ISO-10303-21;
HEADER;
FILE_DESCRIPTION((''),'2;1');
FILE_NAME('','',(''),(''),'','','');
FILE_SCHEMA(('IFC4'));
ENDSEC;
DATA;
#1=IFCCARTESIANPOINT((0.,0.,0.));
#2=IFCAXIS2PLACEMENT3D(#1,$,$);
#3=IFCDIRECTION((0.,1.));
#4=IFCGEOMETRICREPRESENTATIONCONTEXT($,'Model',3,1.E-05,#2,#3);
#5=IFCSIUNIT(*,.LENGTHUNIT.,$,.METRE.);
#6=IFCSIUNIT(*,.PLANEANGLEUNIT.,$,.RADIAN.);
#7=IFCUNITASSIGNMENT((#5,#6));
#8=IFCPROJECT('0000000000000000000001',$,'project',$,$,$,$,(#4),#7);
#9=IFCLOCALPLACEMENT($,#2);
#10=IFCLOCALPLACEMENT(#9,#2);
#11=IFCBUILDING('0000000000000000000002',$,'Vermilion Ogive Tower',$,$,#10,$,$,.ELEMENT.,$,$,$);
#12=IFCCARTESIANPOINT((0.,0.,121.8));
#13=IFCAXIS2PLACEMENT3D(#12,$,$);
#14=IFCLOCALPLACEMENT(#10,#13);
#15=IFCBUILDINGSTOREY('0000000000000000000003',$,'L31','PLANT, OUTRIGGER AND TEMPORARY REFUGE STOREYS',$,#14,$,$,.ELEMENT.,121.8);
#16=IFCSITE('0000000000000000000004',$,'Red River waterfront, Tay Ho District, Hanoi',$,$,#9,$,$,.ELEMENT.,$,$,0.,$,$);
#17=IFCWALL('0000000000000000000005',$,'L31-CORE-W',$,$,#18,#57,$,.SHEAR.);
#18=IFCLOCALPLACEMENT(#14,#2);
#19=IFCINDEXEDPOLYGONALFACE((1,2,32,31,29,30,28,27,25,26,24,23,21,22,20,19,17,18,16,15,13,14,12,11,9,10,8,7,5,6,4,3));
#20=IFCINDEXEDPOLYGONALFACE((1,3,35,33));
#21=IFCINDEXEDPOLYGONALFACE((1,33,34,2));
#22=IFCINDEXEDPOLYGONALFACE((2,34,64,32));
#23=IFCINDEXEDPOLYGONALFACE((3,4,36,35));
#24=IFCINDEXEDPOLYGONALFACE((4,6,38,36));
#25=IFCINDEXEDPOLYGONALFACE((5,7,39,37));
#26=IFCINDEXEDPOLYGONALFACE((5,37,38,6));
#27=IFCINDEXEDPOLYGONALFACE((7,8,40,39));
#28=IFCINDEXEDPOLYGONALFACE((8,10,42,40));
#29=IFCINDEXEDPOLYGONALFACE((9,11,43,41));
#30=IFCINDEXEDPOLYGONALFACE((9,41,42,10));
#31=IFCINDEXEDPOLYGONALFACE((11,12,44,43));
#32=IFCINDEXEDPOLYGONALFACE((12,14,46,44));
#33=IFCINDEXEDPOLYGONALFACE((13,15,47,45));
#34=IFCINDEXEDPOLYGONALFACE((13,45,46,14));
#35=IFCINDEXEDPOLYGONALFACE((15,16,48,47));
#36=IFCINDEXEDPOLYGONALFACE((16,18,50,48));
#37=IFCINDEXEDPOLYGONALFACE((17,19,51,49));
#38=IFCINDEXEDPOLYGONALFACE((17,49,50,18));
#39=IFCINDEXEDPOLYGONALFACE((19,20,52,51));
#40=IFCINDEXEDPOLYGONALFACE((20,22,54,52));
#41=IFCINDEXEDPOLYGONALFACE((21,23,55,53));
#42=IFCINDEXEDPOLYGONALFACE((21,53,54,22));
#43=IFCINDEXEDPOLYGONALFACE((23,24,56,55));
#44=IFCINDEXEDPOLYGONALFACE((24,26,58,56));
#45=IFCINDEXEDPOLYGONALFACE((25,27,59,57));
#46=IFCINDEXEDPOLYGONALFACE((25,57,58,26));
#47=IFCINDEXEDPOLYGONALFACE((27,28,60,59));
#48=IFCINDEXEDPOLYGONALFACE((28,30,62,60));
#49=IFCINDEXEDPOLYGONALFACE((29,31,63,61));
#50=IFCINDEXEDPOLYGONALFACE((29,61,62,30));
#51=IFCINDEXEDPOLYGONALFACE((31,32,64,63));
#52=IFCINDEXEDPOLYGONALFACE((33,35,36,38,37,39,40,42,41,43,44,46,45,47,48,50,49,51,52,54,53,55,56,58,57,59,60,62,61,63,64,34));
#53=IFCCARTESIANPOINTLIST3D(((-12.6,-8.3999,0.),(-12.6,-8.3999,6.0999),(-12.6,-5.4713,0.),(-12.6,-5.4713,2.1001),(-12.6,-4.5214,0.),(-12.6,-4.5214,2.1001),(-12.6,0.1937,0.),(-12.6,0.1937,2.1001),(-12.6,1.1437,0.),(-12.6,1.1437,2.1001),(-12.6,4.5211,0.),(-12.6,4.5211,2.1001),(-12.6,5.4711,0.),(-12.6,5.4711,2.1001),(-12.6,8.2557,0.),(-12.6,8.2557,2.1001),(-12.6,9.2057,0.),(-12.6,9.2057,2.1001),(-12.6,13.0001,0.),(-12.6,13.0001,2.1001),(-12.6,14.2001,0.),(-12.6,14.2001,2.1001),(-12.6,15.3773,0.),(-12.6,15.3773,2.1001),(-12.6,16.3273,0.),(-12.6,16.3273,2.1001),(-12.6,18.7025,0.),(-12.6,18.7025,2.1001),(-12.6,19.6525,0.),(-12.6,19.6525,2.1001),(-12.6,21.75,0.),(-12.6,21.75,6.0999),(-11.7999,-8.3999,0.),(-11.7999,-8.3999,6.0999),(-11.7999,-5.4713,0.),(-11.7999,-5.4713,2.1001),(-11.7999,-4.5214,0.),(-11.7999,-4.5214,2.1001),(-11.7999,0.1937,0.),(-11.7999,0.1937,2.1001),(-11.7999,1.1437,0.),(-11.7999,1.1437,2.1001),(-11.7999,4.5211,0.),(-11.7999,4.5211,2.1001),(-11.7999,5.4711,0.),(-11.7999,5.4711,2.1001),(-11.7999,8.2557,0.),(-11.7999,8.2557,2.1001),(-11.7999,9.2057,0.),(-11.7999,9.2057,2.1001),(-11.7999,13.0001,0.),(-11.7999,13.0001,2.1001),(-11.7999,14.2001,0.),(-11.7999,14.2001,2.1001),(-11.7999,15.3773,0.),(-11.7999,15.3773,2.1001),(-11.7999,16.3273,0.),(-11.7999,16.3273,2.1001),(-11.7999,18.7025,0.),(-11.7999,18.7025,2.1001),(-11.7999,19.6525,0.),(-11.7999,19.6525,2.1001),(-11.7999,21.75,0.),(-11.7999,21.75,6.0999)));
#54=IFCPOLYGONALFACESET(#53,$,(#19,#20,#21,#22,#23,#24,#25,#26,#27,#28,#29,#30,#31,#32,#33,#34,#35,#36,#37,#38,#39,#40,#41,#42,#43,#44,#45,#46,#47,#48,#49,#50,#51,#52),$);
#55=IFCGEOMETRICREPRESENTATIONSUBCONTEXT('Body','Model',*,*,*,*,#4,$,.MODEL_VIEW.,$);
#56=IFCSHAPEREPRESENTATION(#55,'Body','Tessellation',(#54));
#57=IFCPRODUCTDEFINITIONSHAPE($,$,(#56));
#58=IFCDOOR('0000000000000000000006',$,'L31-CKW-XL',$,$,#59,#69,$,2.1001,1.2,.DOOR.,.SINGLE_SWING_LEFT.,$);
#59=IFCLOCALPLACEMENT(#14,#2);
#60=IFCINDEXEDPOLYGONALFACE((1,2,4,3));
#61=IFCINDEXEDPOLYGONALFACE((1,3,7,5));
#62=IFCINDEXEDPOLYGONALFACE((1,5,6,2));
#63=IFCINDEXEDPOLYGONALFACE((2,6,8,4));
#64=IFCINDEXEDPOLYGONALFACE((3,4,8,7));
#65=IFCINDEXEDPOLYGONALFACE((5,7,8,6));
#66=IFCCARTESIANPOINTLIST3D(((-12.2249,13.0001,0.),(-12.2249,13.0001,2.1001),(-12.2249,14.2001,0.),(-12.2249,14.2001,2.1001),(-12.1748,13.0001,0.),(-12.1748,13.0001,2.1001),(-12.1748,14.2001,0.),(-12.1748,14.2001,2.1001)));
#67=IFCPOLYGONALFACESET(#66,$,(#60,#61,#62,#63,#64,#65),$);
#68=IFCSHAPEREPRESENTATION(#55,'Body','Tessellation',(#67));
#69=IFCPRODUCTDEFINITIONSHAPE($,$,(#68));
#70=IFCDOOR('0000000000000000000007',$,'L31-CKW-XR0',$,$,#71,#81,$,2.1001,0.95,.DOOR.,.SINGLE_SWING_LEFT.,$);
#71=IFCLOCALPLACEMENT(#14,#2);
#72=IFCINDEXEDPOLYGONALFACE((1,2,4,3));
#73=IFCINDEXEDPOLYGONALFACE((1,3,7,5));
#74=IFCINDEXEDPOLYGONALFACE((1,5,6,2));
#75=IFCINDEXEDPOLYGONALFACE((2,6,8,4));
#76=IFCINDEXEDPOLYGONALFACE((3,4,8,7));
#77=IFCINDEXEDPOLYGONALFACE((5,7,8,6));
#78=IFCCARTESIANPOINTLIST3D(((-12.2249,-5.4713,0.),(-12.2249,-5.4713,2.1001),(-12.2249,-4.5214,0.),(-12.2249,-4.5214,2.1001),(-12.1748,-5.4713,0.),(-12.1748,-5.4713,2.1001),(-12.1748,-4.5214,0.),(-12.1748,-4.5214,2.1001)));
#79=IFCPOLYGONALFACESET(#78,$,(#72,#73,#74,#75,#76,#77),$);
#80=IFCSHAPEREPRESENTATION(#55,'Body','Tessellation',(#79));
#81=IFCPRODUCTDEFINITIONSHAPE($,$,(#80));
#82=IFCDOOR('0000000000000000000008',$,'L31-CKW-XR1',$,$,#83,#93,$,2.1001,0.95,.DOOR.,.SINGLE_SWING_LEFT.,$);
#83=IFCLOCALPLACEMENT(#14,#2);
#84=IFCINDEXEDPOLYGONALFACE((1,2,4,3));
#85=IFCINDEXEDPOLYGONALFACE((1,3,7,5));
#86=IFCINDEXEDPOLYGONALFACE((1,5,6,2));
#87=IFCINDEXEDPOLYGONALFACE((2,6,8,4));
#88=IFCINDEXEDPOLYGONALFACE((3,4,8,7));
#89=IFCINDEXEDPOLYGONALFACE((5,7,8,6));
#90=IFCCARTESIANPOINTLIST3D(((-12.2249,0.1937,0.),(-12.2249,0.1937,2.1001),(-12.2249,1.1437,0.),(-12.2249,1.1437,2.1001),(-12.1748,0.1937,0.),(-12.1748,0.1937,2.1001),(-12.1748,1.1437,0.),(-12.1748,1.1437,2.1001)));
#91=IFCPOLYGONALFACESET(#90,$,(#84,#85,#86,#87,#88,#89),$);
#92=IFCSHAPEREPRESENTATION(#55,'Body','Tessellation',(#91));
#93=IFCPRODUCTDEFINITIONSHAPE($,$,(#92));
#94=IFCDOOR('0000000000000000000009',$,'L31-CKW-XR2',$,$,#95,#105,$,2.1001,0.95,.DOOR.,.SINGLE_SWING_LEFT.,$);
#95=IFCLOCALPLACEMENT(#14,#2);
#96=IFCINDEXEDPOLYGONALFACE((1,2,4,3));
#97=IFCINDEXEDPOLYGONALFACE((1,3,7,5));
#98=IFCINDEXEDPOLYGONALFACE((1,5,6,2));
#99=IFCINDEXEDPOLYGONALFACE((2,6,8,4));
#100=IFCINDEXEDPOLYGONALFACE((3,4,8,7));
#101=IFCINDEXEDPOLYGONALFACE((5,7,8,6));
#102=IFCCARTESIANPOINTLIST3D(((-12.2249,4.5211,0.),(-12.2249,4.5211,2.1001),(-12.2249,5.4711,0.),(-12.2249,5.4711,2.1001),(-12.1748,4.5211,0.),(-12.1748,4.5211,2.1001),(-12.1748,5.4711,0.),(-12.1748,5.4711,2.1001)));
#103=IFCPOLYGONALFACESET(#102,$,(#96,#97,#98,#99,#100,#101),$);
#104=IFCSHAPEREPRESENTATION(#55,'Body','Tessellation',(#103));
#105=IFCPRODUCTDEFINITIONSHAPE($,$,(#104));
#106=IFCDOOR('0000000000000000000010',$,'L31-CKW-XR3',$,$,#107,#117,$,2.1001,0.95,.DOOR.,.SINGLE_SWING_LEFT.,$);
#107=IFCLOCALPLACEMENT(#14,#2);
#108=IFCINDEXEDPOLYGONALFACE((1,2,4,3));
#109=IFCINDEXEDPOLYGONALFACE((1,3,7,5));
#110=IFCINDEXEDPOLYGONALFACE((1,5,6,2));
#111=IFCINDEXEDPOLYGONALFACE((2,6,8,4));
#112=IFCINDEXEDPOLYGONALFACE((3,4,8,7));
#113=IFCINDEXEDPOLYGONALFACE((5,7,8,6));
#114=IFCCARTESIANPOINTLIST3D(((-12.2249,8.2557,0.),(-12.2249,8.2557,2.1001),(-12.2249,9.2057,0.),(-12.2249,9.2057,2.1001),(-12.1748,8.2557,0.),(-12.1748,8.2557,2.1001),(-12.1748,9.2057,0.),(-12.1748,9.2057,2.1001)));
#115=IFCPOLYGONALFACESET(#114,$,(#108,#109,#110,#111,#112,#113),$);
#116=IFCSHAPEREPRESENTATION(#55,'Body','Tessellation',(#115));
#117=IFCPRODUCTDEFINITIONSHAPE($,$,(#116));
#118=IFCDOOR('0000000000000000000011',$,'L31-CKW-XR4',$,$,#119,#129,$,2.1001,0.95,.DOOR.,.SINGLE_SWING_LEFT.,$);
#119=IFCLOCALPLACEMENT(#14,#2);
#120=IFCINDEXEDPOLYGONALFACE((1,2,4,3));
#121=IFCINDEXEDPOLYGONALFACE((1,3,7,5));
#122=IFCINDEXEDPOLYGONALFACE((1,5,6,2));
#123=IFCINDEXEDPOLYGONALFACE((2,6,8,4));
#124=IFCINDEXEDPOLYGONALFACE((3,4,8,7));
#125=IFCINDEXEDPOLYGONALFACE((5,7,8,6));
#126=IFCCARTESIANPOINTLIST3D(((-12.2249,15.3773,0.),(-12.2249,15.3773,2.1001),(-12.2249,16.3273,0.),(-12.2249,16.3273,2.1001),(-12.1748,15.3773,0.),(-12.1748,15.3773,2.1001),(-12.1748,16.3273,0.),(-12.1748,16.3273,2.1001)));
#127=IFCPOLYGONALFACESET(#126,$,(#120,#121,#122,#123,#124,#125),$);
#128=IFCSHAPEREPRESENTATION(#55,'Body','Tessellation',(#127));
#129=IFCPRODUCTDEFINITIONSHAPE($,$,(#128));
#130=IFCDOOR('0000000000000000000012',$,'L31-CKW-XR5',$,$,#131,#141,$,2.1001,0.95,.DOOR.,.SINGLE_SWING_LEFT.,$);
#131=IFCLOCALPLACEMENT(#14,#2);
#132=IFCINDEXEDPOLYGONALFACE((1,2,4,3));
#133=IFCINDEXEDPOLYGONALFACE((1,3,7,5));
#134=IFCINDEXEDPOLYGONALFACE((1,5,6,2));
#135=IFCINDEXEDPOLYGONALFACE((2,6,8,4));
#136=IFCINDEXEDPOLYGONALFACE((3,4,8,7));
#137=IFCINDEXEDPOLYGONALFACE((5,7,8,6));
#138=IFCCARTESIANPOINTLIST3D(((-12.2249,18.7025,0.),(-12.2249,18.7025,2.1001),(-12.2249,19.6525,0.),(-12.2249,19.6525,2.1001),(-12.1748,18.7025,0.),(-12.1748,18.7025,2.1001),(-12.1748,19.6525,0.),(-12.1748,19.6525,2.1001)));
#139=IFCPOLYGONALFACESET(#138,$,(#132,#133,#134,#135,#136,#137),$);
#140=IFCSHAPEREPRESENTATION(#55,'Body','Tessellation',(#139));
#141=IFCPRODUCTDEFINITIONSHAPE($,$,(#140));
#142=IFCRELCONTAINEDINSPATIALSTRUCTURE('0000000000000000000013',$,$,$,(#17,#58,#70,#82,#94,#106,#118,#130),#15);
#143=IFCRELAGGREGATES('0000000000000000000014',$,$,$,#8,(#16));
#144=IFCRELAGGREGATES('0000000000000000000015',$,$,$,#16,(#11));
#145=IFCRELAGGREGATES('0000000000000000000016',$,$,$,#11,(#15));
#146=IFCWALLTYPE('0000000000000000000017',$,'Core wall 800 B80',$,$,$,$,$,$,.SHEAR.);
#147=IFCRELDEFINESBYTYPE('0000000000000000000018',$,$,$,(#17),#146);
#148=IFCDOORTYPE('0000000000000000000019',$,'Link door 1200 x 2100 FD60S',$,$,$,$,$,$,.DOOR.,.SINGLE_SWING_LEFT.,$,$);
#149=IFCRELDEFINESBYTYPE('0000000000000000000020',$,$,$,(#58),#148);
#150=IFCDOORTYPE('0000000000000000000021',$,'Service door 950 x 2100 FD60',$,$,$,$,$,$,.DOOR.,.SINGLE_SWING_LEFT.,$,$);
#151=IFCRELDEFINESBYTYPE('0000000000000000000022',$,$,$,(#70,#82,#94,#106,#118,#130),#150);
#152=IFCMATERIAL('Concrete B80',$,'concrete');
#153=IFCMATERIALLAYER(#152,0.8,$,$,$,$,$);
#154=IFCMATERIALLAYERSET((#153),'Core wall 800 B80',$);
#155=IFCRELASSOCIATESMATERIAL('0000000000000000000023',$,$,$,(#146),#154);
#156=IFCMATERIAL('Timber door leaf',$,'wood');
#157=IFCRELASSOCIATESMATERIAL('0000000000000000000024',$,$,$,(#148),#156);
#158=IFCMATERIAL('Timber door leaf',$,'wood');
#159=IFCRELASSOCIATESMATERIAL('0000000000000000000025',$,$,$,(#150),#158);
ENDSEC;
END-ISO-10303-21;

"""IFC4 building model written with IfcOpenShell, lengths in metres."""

from ifc_helpers import new_model, si_unit, direction, frame, frame_2d, origin, place, context, subcontext, project, spatial, rectangle, extrude, material, layer, layer_set, type_object, element, fill, save


model = new_model("IFC4")

# Units and contexts
model_context = context("Model", 3, precision=1e-05, world=origin(), true_north=direction((0.0, 1.0)))
body_context = subcontext(model_context, "Body", "Model", "MODEL_VIEW")
ifc_project = project(units=[si_unit("LENGTHUNIT", "METRE"), si_unit("PLANEANGLEUNIT", "RADIAN")], contexts=[model_context])

# Site, building, storey
site_placement = place(None, origin())
site = spatial("IfcSite", under=ifc_project, at=site_placement, Name="Red River waterfront, Tay Ho District, Hanoi", CompositionType="ELEMENT", RefElevation=0.0)
building_placement = place(site_placement, origin())
building = spatial("IfcBuilding", under=site, at=building_placement, Name="Vermilion Ogive Tower", CompositionType="ELEMENT")
storey_placement = place(building_placement, frame((0.0, 0.0, 121.8)))
storey = spatial("IfcBuildingStorey", under=building, at=storey_placement, Name="L31", Description="PLANT, OUTRIGGER AND TEMPORARY REFUGE STOREYS", CompositionType="ELEMENT", Elevation=121.8)

# Wall, openings, doors
ifc_material_1 = material(Name="Concrete B80", Category="concrete")
ifc_layer_1 = layer(ifc_material_1, 0.8)
ifc_layer_set_1 = layer_set([ifc_layer_1], Name="Core wall 800 B80")
wall_type_1 = type_object("IfcWallType", Name="Core wall 800 B80", PredefinedType="SHEAR", material=ifc_layer_set_1)
wall_1_placement = place(storey_placement, frame((-12.2, -8.3999, 0.0), z_axis=(0.0, 0.0, 1.0), x_axis=(0.0, 1.0, 0.0)))
wall_1 = element("IfcWall", 1, at=wall_1_placement, inside=storey, type_object=wall_type_1, Name="L31-CORE-W", PredefinedType="SHEAR", context=body_context, shape_type="SweptSolid", body=[
    extrude(rectangle(XDim=30.1499, YDim=0.8, at=frame_2d((15.075, 0.0))), origin(), (0.0, 0.0, 1.0), 6.0999),
])
opening_1_placement = place(wall_1_placement, frame((2.9285, 0.0, 0.0)))
opening_1 = element("IfcOpeningElement", 2, at=opening_1_placement, cuts=wall_1, PredefinedType="OPENING", context=body_context, shape_type="SweptSolid", body=[
    extrude(rectangle(XDim=0.95, YDim=2.1001, at=frame_2d((0.4751, 1.05))), frame((0.0, 0.4099, 0.0), z_axis=(0.0, -1.0, 0.0), x_axis=(1.0, 0.0, 0.0)), (0.0, 0.0, 1.0), 0.8201),
])
opening_2_placement = place(wall_1_placement, frame((8.5935, 0.0, 0.0)))
opening_2 = element("IfcOpeningElement", 3, at=opening_2_placement, cuts=wall_1, PredefinedType="OPENING", context=body_context, shape_type="SweptSolid", body=[
    extrude(rectangle(XDim=0.95, YDim=2.1001, at=frame_2d((0.4751, 1.05))), frame((0.0, 0.4099, 0.0), z_axis=(0.0, -1.0, 0.0), x_axis=(1.0, 0.0, 0.0)), (0.0, 0.0, 1.0), 0.8201),
])
opening_3_placement = place(wall_1_placement, frame((12.9209, 0.0, 0.0)))
opening_3 = element("IfcOpeningElement", 4, at=opening_3_placement, cuts=wall_1, PredefinedType="OPENING", context=body_context, shape_type="SweptSolid", body=[
    extrude(rectangle(XDim=0.95, YDim=2.1001, at=frame_2d((0.4751, 1.05))), frame((0.0, 0.4099, 0.0), z_axis=(0.0, -1.0, 0.0), x_axis=(1.0, 0.0, 0.0)), (0.0, 0.0, 1.0), 0.8201),
])
opening_4_placement = place(wall_1_placement, frame((16.6555, 0.0, 0.0)))
opening_4 = element("IfcOpeningElement", 5, at=opening_4_placement, cuts=wall_1, PredefinedType="OPENING", context=body_context, shape_type="SweptSolid", body=[
    extrude(rectangle(XDim=0.95, YDim=2.1001, at=frame_2d((0.4751, 1.05))), frame((0.0, 0.4099, 0.0), z_axis=(0.0, -1.0, 0.0), x_axis=(1.0, 0.0, 0.0)), (0.0, 0.0, 1.0), 0.8201),
])
opening_5_placement = place(wall_1_placement, frame((23.7771, 0.0, 0.0)))
opening_5 = element("IfcOpeningElement", 6, at=opening_5_placement, cuts=wall_1, PredefinedType="OPENING", context=body_context, shape_type="SweptSolid", body=[
    extrude(rectangle(XDim=0.95, YDim=2.1001, at=frame_2d((0.4751, 1.05))), frame((0.0, 0.4099, 0.0), z_axis=(0.0, -1.0, 0.0), x_axis=(1.0, 0.0, 0.0)), (0.0, 0.0, 1.0), 0.8201),
])
opening_6_placement = place(wall_1_placement, frame((27.1023, 0.0, 0.0)))
opening_6 = element("IfcOpeningElement", 7, at=opening_6_placement, cuts=wall_1, PredefinedType="OPENING", context=body_context, shape_type="SweptSolid", body=[
    extrude(rectangle(XDim=0.95, YDim=2.1001, at=frame_2d((0.4751, 1.05))), frame((0.0, 0.4099, 0.0), z_axis=(0.0, -1.0, 0.0), x_axis=(1.0, 0.0, 0.0)), (0.0, 0.0, 1.0), 0.8201),
])
opening_7_placement = place(wall_1_placement, frame((21.3999, 0.0, 0.0)))
opening_7 = element("IfcOpeningElement", 8, at=opening_7_placement, cuts=wall_1, PredefinedType="OPENING", context=body_context, shape_type="SweptSolid", body=[
    extrude(rectangle(XDim=1.2, YDim=2.1001, at=frame_2d((0.6001, 1.05))), frame((0.0, 0.4099, 0.0), z_axis=(0.0, -1.0, 0.0), x_axis=(1.0, 0.0, 0.0)), (0.0, 0.0, 1.0), 0.8201),
])
ifc_material_2 = material(Name="Timber door leaf", Category="wood")
door_type_1 = type_object("IfcDoorType", Name="Link door 1200 x 2100 FD60S", OperationType="SINGLE_SWING_LEFT", PredefinedType="DOOR", material=ifc_material_2)
door_1_placement = place(opening_7_placement, origin())
door_1 = element("IfcDoor", 9, at=door_1_placement, inside=storey, type_object=door_type_1, Name="L31-CKW-XL", OperationType="SINGLE_SWING_LEFT", OverallHeight=2.1001, OverallWidth=1.2, PredefinedType="DOOR", context=body_context, shape_type="SweptSolid", body=[
    extrude(rectangle(XDim=1.2, YDim=2.1001, at=frame_2d((0.6001, 1.05))), frame((0.0, 0.0249, 0.0), z_axis=(0.0, -1.0, 0.0), x_axis=(1.0, 0.0, 0.0)), (0.0, 0.0, 1.0), 0.05),
])
fill(opening_7, door_1)
ifc_material_3 = material(Name="Timber door leaf", Category="wood")
door_type_2 = type_object("IfcDoorType", Name="Service door 950 x 2100 FD60", OperationType="SINGLE_SWING_LEFT", PredefinedType="DOOR", material=ifc_material_3)
door_2_placement = place(opening_1_placement, origin())
door_2 = element("IfcDoor", 10, at=door_2_placement, inside=storey, type_object=door_type_2, Name="L31-CKW-XR0", OperationType="SINGLE_SWING_LEFT", OverallHeight=2.1001, OverallWidth=0.95, PredefinedType="DOOR", context=body_context, shape_type="SweptSolid", body=[
    extrude(rectangle(XDim=0.95, YDim=2.1001, at=frame_2d((0.4751, 1.05))), frame((0.0, 0.0249, 0.0), z_axis=(0.0, -1.0, 0.0), x_axis=(1.0, 0.0, 0.0)), (0.0, 0.0, 1.0), 0.05),
])
fill(opening_1, door_2)
door_3_placement = place(opening_2_placement, origin())
door_3 = element("IfcDoor", 11, at=door_3_placement, inside=storey, type_object=door_type_2, Name="L31-CKW-XR1", OperationType="SINGLE_SWING_LEFT", OverallHeight=2.1001, OverallWidth=0.95, PredefinedType="DOOR", context=body_context, shape_type="SweptSolid", body=[
    extrude(rectangle(XDim=0.95, YDim=2.1001, at=frame_2d((0.4751, 1.05))), frame((0.0, 0.0249, 0.0), z_axis=(0.0, -1.0, 0.0), x_axis=(1.0, 0.0, 0.0)), (0.0, 0.0, 1.0), 0.05),
])
fill(opening_2, door_3)
door_4_placement = place(opening_3_placement, origin())
door_4 = element("IfcDoor", 12, at=door_4_placement, inside=storey, type_object=door_type_2, Name="L31-CKW-XR2", OperationType="SINGLE_SWING_LEFT", OverallHeight=2.1001, OverallWidth=0.95, PredefinedType="DOOR", context=body_context, shape_type="SweptSolid", body=[
    extrude(rectangle(XDim=0.95, YDim=2.1001, at=frame_2d((0.4751, 1.05))), frame((0.0, 0.0249, 0.0), z_axis=(0.0, -1.0, 0.0), x_axis=(1.0, 0.0, 0.0)), (0.0, 0.0, 1.0), 0.05),
])
fill(opening_3, door_4)
door_5_placement = place(opening_4_placement, origin())
door_5 = element("IfcDoor", 13, at=door_5_placement, inside=storey, type_object=door_type_2, Name="L31-CKW-XR3", OperationType="SINGLE_SWING_LEFT", OverallHeight=2.1001, OverallWidth=0.95, PredefinedType="DOOR", context=body_context, shape_type="SweptSolid", body=[
    extrude(rectangle(XDim=0.95, YDim=2.1001, at=frame_2d((0.4751, 1.05))), frame((0.0, 0.0249, 0.0), z_axis=(0.0, -1.0, 0.0), x_axis=(1.0, 0.0, 0.0)), (0.0, 0.0, 1.0), 0.05),
])
fill(opening_4, door_5)
door_6_placement = place(opening_5_placement, origin())
door_6 = element("IfcDoor", 14, at=door_6_placement, inside=storey, type_object=door_type_2, Name="L31-CKW-XR4", OperationType="SINGLE_SWING_LEFT", OverallHeight=2.1001, OverallWidth=0.95, PredefinedType="DOOR", context=body_context, shape_type="SweptSolid", body=[
    extrude(rectangle(XDim=0.95, YDim=2.1001, at=frame_2d((0.4751, 1.05))), frame((0.0, 0.0249, 0.0), z_axis=(0.0, -1.0, 0.0), x_axis=(1.0, 0.0, 0.0)), (0.0, 0.0, 1.0), 0.05),
])
fill(opening_5, door_6)
door_7_placement = place(opening_6_placement, origin())
door_7 = element("IfcDoor", 15, at=door_7_placement, inside=storey, type_object=door_type_2, Name="L31-CKW-XR5", OperationType="SINGLE_SWING_LEFT", OverallHeight=2.1001, OverallWidth=0.95, PredefinedType="DOOR", context=body_context, shape_type="SweptSolid", body=[
    extrude(rectangle(XDim=0.95, YDim=2.1001, at=frame_2d((0.4751, 1.05))), frame((0.0, 0.0249, 0.0), z_axis=(0.0, -1.0, 0.0), x_axis=(1.0, 0.0, 0.0)), (0.0, 0.0, 1.0), 0.05),
])
fill(opening_6, door_7)

save(model, "model.ifc")
